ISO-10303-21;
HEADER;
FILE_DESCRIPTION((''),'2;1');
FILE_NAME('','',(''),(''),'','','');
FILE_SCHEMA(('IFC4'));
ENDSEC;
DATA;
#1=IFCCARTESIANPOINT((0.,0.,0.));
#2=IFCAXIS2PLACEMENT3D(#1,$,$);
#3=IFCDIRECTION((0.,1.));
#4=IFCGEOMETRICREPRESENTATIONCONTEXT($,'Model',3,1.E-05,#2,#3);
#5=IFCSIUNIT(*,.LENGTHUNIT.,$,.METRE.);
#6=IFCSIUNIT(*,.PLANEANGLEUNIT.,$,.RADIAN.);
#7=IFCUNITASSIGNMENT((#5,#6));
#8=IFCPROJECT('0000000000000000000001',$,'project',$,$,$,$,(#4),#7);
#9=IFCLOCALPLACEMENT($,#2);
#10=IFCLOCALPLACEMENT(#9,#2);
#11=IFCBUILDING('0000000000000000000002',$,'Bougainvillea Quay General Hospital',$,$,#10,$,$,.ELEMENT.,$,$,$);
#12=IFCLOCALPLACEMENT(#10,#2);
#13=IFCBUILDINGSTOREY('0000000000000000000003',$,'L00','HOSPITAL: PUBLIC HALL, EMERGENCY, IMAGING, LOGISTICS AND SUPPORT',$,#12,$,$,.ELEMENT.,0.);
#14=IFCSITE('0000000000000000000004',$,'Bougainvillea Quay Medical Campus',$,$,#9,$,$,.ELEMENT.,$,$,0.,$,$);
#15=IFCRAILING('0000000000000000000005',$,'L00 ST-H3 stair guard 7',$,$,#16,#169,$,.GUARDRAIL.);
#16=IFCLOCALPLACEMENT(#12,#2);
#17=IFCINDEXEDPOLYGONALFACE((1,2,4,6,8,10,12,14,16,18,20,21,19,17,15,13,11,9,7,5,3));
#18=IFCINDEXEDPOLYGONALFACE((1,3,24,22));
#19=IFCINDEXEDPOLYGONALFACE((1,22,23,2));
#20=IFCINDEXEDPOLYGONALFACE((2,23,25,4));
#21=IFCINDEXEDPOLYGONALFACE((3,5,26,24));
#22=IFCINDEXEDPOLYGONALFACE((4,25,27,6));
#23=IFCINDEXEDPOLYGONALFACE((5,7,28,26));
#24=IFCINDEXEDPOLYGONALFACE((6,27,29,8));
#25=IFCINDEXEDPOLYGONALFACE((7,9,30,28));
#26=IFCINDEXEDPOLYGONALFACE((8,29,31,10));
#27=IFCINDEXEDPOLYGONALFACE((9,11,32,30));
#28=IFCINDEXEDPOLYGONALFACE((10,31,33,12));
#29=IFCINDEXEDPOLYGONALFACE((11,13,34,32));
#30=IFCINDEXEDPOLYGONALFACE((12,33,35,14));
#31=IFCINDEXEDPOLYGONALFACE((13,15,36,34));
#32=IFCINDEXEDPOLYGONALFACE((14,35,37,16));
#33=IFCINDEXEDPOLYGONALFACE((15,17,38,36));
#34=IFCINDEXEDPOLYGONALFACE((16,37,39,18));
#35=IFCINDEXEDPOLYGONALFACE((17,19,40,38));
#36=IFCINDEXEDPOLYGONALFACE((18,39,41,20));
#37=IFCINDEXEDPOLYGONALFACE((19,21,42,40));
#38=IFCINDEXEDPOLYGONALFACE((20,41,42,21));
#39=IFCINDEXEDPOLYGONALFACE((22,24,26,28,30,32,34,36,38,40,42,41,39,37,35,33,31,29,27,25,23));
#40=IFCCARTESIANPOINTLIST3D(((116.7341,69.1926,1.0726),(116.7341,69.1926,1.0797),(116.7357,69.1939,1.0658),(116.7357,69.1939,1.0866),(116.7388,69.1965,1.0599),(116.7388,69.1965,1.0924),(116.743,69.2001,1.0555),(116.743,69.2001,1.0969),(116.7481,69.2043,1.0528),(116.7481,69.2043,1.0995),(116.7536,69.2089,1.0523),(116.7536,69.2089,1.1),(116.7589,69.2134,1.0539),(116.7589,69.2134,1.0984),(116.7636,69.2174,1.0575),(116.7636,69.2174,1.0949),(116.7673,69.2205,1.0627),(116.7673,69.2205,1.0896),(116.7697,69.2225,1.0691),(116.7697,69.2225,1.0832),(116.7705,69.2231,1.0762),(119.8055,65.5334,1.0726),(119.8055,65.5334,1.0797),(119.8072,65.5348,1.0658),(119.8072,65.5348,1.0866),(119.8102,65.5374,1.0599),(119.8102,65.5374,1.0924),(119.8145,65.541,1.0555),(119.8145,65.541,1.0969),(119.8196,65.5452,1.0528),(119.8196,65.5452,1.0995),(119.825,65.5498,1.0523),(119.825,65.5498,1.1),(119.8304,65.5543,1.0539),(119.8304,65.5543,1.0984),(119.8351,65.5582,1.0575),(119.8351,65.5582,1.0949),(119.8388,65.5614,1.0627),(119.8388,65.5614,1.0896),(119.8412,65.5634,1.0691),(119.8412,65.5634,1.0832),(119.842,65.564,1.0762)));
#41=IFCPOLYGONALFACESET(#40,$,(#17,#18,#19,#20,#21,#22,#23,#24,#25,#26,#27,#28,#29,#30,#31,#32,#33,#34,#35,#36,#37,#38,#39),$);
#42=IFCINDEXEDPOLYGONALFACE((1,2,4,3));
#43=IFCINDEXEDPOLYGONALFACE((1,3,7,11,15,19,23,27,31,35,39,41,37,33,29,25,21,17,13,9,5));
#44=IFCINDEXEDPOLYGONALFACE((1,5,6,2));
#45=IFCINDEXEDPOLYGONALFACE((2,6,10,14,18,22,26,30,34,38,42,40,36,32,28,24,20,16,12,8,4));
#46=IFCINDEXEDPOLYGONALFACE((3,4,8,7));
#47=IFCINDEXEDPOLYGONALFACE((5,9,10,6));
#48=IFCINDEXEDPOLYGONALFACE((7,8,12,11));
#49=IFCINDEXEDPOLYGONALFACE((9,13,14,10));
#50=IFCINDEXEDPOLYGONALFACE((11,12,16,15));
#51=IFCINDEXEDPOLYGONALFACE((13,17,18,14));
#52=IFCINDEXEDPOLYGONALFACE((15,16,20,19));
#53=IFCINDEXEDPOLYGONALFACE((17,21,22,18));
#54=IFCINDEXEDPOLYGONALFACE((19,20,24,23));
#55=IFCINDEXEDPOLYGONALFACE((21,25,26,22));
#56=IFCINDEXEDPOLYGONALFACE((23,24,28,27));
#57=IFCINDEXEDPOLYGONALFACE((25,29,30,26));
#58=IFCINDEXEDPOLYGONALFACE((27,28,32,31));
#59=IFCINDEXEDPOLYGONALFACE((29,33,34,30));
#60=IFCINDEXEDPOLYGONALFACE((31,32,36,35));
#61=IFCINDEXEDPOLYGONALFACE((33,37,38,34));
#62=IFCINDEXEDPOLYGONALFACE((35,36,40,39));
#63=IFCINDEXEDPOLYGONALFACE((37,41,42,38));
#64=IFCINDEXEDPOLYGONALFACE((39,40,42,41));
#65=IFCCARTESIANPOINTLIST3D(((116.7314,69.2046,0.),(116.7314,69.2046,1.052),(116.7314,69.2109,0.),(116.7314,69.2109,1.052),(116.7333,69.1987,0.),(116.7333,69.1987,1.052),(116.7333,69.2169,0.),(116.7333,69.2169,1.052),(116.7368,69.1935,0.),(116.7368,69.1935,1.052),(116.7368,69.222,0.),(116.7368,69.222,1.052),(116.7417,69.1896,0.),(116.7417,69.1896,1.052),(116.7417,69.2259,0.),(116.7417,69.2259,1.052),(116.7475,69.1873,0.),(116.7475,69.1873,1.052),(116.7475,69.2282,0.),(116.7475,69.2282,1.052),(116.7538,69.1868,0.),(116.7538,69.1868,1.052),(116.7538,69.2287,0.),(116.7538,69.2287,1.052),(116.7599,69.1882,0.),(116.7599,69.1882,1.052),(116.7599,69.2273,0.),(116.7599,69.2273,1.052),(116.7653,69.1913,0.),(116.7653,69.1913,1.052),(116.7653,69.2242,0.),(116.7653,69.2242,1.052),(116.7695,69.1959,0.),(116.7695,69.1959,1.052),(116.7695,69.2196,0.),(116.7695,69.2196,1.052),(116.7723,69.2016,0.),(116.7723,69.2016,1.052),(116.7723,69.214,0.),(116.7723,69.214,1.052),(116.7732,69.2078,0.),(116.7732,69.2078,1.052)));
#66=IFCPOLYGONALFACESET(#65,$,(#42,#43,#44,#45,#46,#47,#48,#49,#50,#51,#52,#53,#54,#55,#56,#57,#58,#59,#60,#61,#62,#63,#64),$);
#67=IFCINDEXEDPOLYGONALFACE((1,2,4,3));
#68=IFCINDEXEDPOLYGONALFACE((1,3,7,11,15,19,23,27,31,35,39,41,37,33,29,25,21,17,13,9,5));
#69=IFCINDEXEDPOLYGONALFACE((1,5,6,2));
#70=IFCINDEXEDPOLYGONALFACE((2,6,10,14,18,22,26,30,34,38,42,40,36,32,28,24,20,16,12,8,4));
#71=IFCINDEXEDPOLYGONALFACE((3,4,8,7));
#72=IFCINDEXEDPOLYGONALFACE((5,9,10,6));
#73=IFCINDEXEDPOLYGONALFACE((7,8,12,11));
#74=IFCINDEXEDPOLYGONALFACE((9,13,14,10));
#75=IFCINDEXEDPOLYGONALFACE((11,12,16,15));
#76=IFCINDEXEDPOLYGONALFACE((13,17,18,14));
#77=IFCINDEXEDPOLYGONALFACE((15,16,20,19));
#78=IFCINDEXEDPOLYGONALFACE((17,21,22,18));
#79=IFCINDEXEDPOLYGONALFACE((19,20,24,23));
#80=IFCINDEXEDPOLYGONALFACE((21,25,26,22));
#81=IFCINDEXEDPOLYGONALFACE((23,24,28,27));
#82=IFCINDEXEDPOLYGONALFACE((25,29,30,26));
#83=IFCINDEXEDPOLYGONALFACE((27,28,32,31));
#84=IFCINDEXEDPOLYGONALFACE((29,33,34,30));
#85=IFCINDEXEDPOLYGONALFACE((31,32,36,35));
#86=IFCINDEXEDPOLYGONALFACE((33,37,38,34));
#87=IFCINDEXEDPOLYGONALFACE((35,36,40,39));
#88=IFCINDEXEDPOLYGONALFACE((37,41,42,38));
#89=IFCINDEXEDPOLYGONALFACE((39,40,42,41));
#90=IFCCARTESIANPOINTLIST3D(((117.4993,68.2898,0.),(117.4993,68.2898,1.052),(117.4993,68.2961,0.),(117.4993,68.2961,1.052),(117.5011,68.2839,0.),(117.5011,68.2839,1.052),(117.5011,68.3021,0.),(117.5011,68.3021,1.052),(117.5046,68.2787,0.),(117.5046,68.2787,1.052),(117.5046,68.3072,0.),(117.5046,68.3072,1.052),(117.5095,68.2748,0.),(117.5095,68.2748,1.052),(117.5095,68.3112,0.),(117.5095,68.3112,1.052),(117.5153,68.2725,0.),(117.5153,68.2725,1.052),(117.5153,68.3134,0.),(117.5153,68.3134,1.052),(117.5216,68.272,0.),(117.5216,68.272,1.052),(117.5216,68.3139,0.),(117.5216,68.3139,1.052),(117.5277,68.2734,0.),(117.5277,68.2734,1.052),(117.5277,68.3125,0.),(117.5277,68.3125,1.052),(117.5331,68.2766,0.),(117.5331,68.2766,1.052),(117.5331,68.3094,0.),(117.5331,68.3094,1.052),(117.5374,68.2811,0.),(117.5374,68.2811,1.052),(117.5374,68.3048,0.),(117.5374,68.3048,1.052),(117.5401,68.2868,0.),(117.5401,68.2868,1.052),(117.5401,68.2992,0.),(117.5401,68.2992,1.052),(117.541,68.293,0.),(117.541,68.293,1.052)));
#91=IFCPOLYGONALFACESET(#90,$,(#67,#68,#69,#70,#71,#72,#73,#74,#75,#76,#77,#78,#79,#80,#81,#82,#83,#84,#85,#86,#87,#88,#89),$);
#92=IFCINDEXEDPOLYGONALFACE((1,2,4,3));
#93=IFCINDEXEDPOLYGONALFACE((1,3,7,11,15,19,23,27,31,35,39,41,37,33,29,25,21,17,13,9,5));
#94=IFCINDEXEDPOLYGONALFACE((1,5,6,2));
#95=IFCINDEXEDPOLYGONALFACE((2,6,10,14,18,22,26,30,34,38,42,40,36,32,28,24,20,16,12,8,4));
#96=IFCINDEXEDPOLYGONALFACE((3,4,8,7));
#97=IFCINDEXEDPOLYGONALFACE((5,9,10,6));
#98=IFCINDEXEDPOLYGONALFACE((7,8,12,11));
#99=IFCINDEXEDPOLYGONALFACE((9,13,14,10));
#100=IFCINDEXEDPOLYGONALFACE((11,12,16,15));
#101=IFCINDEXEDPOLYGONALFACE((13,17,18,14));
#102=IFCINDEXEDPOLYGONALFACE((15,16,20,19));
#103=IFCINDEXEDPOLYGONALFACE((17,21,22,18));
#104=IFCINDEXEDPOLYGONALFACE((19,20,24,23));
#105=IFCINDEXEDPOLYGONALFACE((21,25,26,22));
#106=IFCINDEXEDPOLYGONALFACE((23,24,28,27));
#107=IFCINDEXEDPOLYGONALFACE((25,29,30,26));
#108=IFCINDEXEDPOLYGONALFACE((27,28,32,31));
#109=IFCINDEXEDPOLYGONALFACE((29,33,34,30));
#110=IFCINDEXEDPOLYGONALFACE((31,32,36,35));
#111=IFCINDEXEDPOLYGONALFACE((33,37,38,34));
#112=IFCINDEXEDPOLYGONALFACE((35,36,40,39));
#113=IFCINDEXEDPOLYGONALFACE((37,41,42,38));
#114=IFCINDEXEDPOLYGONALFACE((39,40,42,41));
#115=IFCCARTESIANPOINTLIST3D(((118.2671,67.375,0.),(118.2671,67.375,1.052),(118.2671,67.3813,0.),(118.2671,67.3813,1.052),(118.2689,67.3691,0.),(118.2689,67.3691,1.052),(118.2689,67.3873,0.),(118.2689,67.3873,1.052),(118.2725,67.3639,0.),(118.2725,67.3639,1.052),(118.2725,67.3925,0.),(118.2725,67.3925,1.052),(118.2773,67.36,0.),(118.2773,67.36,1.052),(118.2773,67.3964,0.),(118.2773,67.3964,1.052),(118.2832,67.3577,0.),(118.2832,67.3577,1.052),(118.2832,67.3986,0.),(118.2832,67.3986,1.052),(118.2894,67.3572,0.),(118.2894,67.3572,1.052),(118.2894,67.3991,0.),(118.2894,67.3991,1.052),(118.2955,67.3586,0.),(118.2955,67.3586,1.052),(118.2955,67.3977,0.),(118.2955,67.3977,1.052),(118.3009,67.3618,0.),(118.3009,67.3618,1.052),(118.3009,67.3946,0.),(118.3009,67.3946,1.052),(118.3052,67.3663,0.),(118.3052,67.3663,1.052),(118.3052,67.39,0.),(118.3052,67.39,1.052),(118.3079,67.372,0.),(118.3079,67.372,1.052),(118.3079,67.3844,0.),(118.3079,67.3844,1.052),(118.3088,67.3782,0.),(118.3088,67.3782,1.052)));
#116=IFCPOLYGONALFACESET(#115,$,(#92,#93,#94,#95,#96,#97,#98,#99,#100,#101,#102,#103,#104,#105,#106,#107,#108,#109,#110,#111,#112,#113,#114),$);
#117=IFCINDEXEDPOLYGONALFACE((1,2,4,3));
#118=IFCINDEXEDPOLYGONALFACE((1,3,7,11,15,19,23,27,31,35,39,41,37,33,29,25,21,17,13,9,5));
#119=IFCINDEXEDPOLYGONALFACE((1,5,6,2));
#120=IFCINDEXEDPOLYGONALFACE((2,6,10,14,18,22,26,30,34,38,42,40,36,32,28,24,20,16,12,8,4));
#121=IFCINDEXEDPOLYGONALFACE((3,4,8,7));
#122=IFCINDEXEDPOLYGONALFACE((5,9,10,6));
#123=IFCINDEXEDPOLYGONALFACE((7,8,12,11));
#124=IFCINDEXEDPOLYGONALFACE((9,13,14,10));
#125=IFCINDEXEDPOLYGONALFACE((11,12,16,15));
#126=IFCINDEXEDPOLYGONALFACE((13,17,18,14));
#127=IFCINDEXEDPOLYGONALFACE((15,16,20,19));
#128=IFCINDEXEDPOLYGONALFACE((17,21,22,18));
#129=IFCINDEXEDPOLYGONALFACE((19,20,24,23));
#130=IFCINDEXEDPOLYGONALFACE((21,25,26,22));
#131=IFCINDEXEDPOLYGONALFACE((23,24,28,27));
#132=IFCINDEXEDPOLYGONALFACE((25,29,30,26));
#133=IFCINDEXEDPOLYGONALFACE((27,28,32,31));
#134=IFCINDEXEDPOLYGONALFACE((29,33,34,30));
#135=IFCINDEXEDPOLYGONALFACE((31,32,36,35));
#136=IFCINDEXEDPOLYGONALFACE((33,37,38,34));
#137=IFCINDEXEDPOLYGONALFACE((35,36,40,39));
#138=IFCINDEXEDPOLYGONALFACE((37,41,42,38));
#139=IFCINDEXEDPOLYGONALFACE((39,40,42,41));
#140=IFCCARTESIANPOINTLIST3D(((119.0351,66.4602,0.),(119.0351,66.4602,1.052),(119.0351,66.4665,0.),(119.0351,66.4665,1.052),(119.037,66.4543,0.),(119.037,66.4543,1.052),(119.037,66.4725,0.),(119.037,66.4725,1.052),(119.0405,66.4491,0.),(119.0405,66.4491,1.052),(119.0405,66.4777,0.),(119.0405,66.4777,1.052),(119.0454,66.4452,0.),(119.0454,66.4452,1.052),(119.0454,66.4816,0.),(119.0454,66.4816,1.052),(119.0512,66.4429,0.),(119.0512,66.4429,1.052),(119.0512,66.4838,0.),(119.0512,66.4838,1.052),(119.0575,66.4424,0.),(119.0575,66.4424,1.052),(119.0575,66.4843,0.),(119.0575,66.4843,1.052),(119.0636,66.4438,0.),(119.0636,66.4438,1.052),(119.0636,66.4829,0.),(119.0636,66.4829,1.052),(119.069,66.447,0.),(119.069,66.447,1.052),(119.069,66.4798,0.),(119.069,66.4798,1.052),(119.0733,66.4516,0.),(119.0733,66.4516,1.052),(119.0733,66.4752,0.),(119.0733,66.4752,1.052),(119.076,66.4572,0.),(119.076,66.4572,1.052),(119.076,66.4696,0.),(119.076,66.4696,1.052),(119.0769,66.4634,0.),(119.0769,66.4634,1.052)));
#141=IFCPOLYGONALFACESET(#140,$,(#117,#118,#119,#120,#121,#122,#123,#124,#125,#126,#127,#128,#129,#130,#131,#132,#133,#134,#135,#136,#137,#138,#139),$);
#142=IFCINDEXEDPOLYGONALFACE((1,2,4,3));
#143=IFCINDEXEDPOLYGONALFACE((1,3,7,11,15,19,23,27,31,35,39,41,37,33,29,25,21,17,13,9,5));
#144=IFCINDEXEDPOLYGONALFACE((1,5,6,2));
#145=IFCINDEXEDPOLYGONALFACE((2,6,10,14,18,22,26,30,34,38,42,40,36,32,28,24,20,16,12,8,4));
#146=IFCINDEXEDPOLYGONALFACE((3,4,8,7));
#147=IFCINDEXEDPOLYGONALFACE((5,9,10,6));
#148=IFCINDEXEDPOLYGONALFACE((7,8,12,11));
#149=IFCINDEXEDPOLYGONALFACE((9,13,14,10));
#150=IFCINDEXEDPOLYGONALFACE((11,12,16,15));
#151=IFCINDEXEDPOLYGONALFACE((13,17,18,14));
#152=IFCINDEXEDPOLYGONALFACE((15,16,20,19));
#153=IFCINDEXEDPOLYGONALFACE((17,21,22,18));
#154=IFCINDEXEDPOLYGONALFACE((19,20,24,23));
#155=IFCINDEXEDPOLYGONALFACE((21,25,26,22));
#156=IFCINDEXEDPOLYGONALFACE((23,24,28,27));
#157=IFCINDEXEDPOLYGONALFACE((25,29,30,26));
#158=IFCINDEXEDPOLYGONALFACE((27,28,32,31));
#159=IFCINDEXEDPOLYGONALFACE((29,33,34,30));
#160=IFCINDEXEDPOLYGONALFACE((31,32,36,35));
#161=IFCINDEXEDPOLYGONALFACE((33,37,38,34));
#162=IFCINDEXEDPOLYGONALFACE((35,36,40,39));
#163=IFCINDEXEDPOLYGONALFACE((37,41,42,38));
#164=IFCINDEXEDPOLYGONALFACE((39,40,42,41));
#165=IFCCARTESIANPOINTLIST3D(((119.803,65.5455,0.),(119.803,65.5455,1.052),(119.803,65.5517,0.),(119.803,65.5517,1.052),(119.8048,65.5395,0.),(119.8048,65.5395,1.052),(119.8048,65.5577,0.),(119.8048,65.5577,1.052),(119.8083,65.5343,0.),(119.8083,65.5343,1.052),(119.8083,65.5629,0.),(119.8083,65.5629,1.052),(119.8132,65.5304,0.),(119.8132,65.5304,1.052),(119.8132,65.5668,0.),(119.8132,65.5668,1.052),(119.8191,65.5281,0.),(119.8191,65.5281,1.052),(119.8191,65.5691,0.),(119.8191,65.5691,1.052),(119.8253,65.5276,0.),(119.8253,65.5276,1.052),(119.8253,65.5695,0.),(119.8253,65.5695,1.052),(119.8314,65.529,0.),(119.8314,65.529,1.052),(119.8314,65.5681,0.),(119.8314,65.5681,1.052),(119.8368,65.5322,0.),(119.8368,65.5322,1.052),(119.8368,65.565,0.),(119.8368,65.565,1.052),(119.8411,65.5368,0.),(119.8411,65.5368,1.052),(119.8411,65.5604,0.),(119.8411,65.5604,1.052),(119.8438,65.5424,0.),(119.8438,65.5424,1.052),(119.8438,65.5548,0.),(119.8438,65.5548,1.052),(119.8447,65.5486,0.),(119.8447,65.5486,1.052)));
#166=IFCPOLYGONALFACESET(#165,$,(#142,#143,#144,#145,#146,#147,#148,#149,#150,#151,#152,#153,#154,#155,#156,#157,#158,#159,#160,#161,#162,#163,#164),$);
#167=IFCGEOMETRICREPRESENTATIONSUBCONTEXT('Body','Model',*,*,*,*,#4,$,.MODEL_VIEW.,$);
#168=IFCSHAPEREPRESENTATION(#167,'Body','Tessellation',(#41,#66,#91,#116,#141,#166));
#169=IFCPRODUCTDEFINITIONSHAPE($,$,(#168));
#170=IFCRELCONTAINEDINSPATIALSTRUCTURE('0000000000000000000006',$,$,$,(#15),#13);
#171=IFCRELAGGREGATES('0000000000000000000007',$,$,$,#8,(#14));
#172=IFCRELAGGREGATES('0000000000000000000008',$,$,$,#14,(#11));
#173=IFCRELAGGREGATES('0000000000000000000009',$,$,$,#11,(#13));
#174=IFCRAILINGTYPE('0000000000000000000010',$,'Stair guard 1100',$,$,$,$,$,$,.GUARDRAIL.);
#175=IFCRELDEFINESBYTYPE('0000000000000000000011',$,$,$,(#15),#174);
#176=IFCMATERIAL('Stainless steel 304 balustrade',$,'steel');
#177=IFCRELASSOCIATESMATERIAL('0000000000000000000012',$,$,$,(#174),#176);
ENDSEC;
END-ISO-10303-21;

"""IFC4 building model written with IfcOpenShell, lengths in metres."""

from ifc_helpers import new_model, si_unit, direction, frame, origin, origin_2d, place, context, subcontext, project, spatial, circle, extrude, material, type_object, element, save


model = new_model("IFC4")

# Units and contexts
model_context = context("Model", 3, precision=1e-05, world=origin(), true_north=direction((0.0, 1.0)))
body_context = subcontext(model_context, "Body", "Model", "MODEL_VIEW")
ifc_project = project(units=[si_unit("LENGTHUNIT", "METRE"), si_unit("PLANEANGLEUNIT", "RADIAN")], contexts=[model_context])

# Site, building, storey
site_placement = place(None, origin())
site = spatial("IfcSite", under=ifc_project, at=site_placement, Name="Bougainvillea Quay Medical Campus", CompositionType="ELEMENT", RefElevation=0.0)
building_placement = place(site_placement, origin())
building = spatial("IfcBuilding", under=site, at=building_placement, Name="Bougainvillea Quay General Hospital", CompositionType="ELEMENT")
storey_placement = place(building_placement, origin())
storey = spatial("IfcBuildingStorey", under=building, at=storey_placement, Name="L00", Description="HOSPITAL: PUBLIC HALL, EMERGENCY, IMAGING, LOGISTICS AND SUPPORT", CompositionType="ELEMENT", Elevation=0.0)

# Railing
ifc_material_1 = material(Name="Stainless steel 304 balustrade", Category="steel")
railing_type_1 = type_object("IfcRailingType", Name="Stair guard 1100", PredefinedType="GUARDRAIL", material=ifc_material_1)
railing_1_placement = place(storey_placement, frame((116.7522, 69.2078, 0.0)))
element("IfcRailing", 1, at=railing_1_placement, inside=storey, type_object=railing_type_1, Name="L00 ST-H3 stair guard 7", PredefinedType="GUARDRAIL", context=body_context, shape_type="SweptSolid", body=[
    extrude(circle(Radius=0.0239, at=origin_2d()), frame((0.0, 0.0, 1.0762), z_axis=(0.642925, -0.765929, 0.0), x_axis=(0.765929, 0.642925, 0.0)), (0.0, 0.0, 1.0), 4.7773),
    extrude(circle(Radius=0.021, at=origin_2d()), origin(), (0.0, 0.0, 1.0), 1.052),
    extrude(circle(Radius=0.021, at=origin_2d()), frame((0.7678, -0.9148, 0.0)), (0.0, 0.0, 1.0), 1.052),
    extrude(circle(Radius=0.021, at=origin_2d()), frame((1.5356, -1.8296, 0.0)), (0.0, 0.0, 1.0), 1.052),
    extrude(circle(Radius=0.021, at=origin_2d()), frame((2.3037, -2.7444, 0.0)), (0.0, 0.0, 1.0), 1.052),
    extrude(circle(Radius=0.021, at=origin_2d()), frame((3.0715, -3.6592, 0.0)), (0.0, 0.0, 1.0), 1.052),
])

save(model, "model.ifc")
